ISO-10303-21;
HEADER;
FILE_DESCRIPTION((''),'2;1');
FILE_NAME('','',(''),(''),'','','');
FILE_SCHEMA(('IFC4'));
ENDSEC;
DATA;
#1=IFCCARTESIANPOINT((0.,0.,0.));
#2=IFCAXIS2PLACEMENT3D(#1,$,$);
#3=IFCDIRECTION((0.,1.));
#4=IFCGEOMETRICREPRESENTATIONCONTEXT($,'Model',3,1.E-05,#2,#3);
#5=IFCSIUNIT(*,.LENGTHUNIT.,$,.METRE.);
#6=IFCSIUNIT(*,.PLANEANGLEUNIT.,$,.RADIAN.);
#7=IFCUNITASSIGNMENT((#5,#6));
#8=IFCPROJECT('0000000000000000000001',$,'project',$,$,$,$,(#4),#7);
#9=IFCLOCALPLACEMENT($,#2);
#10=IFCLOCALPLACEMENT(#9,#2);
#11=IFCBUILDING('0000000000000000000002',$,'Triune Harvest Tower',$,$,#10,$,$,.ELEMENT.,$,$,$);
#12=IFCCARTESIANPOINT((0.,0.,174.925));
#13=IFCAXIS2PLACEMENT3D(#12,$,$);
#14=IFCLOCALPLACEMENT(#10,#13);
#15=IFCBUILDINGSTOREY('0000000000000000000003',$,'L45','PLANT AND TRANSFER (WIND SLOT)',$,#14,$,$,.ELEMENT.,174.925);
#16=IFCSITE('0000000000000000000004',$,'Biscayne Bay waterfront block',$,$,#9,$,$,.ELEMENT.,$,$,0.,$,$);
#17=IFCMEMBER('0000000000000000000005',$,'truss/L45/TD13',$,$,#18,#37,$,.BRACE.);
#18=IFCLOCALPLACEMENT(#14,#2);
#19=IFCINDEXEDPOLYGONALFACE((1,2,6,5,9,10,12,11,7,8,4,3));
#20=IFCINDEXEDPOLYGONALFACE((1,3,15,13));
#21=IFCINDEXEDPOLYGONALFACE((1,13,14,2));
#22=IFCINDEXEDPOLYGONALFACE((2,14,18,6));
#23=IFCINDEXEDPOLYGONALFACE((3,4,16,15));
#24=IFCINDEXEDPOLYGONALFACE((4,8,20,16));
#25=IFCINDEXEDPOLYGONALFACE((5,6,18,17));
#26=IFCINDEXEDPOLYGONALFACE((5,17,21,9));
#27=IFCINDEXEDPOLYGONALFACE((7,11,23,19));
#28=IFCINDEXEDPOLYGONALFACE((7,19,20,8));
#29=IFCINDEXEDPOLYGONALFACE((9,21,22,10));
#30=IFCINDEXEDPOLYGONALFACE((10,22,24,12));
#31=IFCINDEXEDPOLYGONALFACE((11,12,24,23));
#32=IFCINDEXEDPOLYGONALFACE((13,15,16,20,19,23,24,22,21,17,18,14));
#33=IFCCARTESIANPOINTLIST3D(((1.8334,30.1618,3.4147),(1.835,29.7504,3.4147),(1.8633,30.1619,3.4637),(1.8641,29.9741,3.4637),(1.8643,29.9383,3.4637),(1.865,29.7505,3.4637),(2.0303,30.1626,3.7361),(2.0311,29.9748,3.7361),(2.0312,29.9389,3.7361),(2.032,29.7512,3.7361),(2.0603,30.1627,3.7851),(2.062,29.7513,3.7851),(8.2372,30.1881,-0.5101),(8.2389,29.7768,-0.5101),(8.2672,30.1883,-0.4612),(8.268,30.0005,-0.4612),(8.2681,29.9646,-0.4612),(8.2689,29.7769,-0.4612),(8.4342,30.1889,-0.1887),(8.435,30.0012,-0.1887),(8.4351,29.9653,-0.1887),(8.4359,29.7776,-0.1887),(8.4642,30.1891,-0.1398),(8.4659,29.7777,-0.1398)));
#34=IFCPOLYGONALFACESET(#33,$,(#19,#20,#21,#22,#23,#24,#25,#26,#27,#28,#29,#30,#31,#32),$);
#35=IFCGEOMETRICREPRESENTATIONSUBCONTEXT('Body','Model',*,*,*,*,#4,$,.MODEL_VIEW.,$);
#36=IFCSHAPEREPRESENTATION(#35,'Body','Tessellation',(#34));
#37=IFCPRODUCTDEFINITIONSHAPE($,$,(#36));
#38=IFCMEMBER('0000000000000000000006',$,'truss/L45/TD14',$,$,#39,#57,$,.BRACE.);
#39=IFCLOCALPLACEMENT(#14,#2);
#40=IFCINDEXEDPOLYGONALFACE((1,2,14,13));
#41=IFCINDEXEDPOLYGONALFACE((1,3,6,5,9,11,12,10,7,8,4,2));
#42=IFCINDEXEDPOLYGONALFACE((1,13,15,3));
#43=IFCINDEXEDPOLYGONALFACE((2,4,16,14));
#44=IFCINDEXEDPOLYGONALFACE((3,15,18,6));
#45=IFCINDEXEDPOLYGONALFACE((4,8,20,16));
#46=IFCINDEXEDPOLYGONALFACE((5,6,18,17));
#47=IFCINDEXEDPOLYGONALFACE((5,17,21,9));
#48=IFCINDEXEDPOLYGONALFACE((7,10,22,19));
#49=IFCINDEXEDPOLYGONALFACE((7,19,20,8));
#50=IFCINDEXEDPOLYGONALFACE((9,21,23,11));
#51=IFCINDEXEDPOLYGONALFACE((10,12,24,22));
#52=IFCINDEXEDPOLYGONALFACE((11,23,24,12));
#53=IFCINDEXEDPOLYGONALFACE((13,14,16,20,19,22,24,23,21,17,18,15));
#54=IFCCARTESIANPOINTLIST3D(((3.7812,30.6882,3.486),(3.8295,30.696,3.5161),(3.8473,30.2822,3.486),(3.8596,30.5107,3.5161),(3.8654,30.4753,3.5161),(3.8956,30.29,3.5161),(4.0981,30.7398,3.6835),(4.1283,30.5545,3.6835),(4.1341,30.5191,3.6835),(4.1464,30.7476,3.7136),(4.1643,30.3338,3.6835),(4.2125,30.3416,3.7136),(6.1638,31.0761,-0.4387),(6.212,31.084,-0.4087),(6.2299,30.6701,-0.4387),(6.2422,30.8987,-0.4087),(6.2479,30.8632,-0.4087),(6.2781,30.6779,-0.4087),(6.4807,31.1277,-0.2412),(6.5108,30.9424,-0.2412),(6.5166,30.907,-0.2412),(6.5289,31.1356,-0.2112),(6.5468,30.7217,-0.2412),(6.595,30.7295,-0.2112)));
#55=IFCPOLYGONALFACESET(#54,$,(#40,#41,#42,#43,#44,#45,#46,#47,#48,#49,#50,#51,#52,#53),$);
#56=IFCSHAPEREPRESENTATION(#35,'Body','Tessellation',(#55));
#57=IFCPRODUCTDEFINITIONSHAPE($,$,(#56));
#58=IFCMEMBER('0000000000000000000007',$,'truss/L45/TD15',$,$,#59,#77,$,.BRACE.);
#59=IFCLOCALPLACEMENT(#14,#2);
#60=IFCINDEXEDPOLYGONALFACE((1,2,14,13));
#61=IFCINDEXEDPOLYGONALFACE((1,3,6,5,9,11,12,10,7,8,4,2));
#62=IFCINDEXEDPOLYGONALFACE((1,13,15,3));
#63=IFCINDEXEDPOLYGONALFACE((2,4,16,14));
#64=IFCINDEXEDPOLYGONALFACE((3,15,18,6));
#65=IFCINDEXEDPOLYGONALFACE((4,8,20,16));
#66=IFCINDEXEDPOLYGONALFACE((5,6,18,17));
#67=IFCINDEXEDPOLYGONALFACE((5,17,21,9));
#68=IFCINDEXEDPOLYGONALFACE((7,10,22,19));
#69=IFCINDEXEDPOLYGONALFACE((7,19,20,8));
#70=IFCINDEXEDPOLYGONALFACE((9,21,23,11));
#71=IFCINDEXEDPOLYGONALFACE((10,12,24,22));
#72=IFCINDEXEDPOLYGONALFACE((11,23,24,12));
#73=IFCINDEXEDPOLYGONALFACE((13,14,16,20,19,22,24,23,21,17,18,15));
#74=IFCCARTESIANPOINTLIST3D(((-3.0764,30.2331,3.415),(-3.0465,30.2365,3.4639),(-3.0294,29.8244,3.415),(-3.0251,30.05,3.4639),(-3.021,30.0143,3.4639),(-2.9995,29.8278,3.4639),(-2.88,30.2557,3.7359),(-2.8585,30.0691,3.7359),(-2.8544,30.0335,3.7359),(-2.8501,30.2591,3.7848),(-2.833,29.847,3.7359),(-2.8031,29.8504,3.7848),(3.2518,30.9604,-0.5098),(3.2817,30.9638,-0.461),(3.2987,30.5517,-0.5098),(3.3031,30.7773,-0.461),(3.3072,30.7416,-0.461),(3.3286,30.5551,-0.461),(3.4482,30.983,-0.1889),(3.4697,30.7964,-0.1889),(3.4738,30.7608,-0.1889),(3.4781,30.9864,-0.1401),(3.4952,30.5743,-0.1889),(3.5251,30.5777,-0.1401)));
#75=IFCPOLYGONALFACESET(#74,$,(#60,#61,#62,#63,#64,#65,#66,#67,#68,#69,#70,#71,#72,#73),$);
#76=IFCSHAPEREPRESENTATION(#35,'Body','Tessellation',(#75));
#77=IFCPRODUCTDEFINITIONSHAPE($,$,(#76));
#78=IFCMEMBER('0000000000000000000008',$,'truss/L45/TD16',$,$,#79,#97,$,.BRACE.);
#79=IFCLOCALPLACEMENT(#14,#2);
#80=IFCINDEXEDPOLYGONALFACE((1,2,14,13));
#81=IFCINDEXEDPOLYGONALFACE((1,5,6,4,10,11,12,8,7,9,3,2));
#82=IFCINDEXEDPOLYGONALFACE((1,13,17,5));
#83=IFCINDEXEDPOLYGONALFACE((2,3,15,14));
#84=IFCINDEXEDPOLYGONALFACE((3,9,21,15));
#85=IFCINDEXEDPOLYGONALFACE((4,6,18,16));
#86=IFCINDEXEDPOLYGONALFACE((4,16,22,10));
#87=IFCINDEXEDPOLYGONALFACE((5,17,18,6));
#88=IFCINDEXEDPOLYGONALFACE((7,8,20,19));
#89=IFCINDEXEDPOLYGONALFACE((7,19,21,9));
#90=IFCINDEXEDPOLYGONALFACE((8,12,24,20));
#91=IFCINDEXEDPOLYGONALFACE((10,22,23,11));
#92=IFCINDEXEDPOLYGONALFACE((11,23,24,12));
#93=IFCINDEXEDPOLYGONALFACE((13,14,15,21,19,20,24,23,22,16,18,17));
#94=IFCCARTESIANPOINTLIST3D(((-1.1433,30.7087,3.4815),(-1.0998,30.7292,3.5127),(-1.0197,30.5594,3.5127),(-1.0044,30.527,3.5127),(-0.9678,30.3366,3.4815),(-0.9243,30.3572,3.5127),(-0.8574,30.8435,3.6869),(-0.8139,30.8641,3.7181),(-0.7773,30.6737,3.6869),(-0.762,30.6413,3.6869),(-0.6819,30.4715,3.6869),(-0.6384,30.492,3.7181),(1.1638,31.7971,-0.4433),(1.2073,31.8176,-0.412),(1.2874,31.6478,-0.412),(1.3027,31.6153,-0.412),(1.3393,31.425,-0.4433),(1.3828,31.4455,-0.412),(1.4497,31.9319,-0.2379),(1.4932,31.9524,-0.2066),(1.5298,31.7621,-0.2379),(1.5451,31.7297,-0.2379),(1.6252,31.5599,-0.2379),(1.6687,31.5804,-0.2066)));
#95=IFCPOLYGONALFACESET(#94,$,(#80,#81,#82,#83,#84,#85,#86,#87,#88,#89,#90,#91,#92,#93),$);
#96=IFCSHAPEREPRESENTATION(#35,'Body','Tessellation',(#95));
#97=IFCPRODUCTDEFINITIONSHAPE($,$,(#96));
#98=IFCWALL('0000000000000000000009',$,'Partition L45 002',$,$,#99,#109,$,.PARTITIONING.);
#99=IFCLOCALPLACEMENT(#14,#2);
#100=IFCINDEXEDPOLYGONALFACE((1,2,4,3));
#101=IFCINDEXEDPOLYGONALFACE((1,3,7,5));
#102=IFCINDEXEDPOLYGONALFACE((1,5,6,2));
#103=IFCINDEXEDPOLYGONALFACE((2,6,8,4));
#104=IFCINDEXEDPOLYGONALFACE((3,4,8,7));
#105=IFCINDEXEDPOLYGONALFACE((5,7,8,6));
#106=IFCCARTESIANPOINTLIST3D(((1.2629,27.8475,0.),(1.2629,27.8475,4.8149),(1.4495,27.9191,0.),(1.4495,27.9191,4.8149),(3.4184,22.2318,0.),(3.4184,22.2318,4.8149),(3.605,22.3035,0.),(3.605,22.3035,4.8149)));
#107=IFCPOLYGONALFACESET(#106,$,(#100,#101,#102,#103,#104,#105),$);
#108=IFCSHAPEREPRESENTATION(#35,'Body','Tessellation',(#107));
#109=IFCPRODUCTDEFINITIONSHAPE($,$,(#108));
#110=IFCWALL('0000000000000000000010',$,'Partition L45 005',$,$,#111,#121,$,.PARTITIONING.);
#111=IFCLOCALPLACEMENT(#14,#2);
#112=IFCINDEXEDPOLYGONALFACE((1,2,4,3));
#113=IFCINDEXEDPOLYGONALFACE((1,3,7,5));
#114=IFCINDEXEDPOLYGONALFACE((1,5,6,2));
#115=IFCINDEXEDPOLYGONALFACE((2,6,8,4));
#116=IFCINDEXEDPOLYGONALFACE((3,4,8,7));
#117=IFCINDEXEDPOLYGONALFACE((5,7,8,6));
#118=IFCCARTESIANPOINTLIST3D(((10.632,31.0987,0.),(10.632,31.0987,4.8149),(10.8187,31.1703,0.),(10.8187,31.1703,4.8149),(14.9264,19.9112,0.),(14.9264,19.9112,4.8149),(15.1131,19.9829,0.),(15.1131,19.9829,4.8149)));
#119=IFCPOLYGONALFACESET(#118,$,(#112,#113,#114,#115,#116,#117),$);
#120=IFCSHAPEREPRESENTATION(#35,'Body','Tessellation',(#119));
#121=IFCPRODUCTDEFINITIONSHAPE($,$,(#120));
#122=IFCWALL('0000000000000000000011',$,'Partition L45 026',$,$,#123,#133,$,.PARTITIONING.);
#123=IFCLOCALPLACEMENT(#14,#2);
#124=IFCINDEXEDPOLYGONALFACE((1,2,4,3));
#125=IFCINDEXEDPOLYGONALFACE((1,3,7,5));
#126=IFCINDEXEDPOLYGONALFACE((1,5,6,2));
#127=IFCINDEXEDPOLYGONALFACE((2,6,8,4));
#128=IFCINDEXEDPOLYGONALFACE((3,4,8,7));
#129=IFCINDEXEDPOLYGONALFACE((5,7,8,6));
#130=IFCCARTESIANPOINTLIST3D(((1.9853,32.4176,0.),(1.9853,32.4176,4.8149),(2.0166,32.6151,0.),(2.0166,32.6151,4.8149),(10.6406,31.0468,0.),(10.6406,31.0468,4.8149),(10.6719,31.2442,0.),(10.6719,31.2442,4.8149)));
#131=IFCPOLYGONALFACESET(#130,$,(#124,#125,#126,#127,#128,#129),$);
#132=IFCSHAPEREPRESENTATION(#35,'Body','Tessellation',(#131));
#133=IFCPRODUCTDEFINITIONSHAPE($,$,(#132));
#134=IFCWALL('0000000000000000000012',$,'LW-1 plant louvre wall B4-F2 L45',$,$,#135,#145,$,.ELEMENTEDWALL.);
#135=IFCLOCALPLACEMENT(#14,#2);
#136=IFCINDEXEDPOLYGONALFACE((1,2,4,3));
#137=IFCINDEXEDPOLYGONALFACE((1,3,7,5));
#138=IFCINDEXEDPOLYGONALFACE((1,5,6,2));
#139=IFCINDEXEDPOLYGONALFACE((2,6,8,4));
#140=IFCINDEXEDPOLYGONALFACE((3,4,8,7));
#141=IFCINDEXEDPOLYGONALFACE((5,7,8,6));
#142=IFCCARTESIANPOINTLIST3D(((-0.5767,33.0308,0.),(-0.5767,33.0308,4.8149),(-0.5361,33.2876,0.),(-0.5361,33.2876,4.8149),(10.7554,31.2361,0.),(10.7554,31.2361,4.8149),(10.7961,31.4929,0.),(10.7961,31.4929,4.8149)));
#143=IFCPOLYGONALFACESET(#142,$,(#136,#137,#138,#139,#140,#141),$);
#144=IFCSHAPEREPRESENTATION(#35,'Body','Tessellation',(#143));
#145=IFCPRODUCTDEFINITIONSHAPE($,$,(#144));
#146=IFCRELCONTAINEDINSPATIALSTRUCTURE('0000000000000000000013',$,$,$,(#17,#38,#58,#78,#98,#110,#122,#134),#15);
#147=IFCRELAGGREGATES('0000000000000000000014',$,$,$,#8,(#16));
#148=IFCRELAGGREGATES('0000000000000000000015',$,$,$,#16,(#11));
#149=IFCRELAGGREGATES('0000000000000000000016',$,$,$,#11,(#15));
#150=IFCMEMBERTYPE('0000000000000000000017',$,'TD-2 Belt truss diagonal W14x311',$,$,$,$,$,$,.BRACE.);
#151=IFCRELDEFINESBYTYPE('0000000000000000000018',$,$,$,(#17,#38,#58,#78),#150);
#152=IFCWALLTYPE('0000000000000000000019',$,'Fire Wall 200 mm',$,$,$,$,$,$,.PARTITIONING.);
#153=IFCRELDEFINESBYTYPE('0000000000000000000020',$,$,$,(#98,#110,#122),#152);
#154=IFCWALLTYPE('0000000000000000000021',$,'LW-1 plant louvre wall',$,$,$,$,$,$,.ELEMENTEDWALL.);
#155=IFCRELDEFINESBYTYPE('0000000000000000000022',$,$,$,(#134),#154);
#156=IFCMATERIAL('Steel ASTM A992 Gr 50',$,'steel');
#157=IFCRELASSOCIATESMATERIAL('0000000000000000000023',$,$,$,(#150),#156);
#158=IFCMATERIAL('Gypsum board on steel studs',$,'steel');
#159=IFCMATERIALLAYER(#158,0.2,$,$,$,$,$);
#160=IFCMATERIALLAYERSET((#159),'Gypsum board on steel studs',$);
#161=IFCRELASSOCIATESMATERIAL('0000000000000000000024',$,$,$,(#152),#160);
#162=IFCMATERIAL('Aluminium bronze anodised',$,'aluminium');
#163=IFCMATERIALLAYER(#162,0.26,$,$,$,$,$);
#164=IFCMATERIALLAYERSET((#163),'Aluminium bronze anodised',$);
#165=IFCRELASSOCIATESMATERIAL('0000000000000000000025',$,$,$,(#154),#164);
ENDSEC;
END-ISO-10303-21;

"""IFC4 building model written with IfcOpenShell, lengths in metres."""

from ifc_helpers import new_model, si_unit, direction, frame, frame_2d, origin, origin_2d, place, context, subcontext, project, spatial, rectangle, i_section, extrude, source, transform, mapped, material, layer, layer_set, material_profile, profile_set, type_object, element, save


model = new_model("IFC4")

# Units and contexts
model_context = context("Model", 3, precision=1e-05, world=origin(), true_north=direction((0.0, 1.0)))
body_context = subcontext(model_context, "Body", "Model", "MODEL_VIEW")
ifc_project = project(units=[si_unit("LENGTHUNIT", "METRE"), si_unit("PLANEANGLEUNIT", "RADIAN")], contexts=[model_context])

# Site, building, storey
site_placement = place(None, origin())
site = spatial("IfcSite", under=ifc_project, at=site_placement, Name="Biscayne Bay waterfront block", CompositionType="ELEMENT", RefElevation=0.0)
building_placement = place(site_placement, origin())
building = spatial("IfcBuilding", under=site, at=building_placement, Name="Triune Harvest Tower", CompositionType="ELEMENT")
storey_placement = place(building_placement, frame((0.0, 0.0, 174.925)))
storey = spatial("IfcBuildingStorey", under=building, at=storey_placement, Name="L45", Description="PLANT AND TRANSFER (WIND SLOT)", CompositionType="ELEMENT", Elevation=174.925)

# Shared definitions
ifc_material_1 = material(Name="Steel ASTM A992 Gr 50", Category="steel")
ifc_material_profile_1 = material_profile(ifc_material_1, i_section(OverallWidth=0.4114, OverallDepth=0.4343, WebThickness=0.0359, FlangeThickness=0.0574, at=origin_2d()), Name="W14x311")
ifc_profile_set_1 = profile_set([ifc_material_profile_1], Name="Steel ASTM A992 Gr 50")
member_type_1 = type_object("IfcMemberType", Name="TD-2 Belt truss diagonal W14x311", PredefinedType="BRACE", material=ifc_profile_set_1)

# Members
shared_shape_1 = source(origin(), body_context, "Body", "SweptSolid", [
    extrude(i_section(OverallWidth=0.4114, OverallDepth=0.4343, WebThickness=0.0359, FlangeThickness=0.0574, at=origin_2d()), origin(), (0.0, 0.0, 1.0), 7.511),
])
member_1_placement = place(storey_placement, frame((8.3516, 29.9829, -0.325), z_axis=(-0.852603, -0.003511, 0.522548), x_axis=(0.004117, -0.999992, 0.0)))
element("IfcMember", 1, at=member_1_placement, inside=storey, type_object=member_type_1, Name="truss/L45/TD13", PredefinedType="BRACE", context=body_context, shape_type="MappedRepresentation", body=[
    mapped(shared_shape_1, transform((0.0, 0.0, 0.0), scale=1.0)),
])
shared_shape_2 = source(origin(), body_context, "Body", "SweptSolid", [
    extrude(i_section(OverallWidth=0.4114, OverallDepth=0.4343, WebThickness=0.0359, FlangeThickness=0.0574, at=origin_2d()), origin(), (0.0, 0.0, 1.0), 4.6077),
])
member_2_placement = place(storey_placement, frame((6.3794, 30.9028, -0.325), z_axis=(-0.51708, -0.084193, 0.851786), x_axis=(0.160708, -0.987002, 0.0)))
element("IfcMember", 2, at=member_2_placement, inside=storey, type_object=member_type_1, Name="truss/L45/TD14", PredefinedType="BRACE", context=body_context, shape_type="MappedRepresentation", body=[
    mapped(shared_shape_2, transform((0.0, 0.0, 0.0), scale=1.0)),
])
shared_shape_3 = source(origin(), body_context, "Body", "SweptSolid", [
    extrude(i_section(OverallWidth=0.4114, OverallDepth=0.4343, WebThickness=0.0359, FlangeThickness=0.0574, at=origin_2d()), origin(), (0.0, 0.0, 1.0), 7.4819),
])
member_3_placement = place(storey_placement, frame((3.3884, 30.769, -0.325), z_axis=(-0.845796, -0.097208, 0.524576), x_axis=(0.114179, -0.99346, 0.0)))
element("IfcMember", 3, at=member_3_placement, inside=storey, type_object=member_type_1, Name="truss/L45/TD15", PredefinedType="BRACE", context=body_context, shape_type="MappedRepresentation", body=[
    mapped(shared_shape_3, transform((0.0, 0.0, 0.0), scale=1.0)),
])
shared_shape_4 = source(origin(), body_context, "Body", "SweptSolid", [
    extrude(i_section(OverallWidth=0.4114, OverallDepth=0.4343, WebThickness=0.0359, FlangeThickness=0.0574, at=origin_2d()), origin(), (0.0, 0.0, 1.0), 4.6809),
])
member_4_placement = place(storey_placement, frame((1.4163, 31.6887, -0.325), z_axis=(-0.492874, -0.232511, 0.838459), x_axis=(0.426654, -0.904415, 0.0)))
element("IfcMember", 4, at=member_4_placement, inside=storey, type_object=member_type_1, Name="truss/L45/TD16", PredefinedType="BRACE", context=body_context, shape_type="MappedRepresentation", body=[
    mapped(shared_shape_4, transform((0.0, 0.0, 0.0), scale=1.0)),
])

# Walls
ifc_material_2 = material(Name="Gypsum board on steel studs", Category="steel")
ifc_layer_1 = layer(ifc_material_2, 0.2)
ifc_layer_set_1 = layer_set([ifc_layer_1], Name="Gypsum board on steel studs")
wall_type_1 = type_object("IfcWallType", Name="Fire Wall 200 mm", PredefinedType="PARTITIONING", material=ifc_layer_set_1)
wall_1_placement = place(storey_placement, frame((1.3562, 27.8833, 0.0), z_axis=(0.0, 0.0, 1.0), x_axis=(0.358345, -0.933589, 0.0)))
element("IfcWall", 5, at=wall_1_placement, inside=storey, type_object=wall_type_1, Name="Partition L45 002", PredefinedType="PARTITIONING", context=body_context, shape_type="SweptSolid", body=[
    extrude(rectangle(XDim=6.0151, YDim=0.2, at=frame_2d((3.0076, 0.0))), origin(), (0.0, 0.0, 1.0), 4.8149),
])
wall_2_placement = place(storey_placement, frame((10.7253, 31.1345, 0.0), z_axis=(0.0, 0.0, 1.0), x_axis=(0.358365, -0.933582, 0.0)))
element("IfcWall", 6, at=wall_2_placement, inside=storey, type_object=wall_type_1, Name="Partition L45 005", PredefinedType="PARTITIONING", context=body_context, shape_type="SweptSolid", body=[
    extrude(rectangle(XDim=11.9834, YDim=0.2, at=frame_2d((5.9917, 0.0))), origin(), (0.0, 0.0, 1.0), 4.8149),
])
wall_3_placement = place(storey_placement, frame((2.001, 32.5164, 0.0), z_axis=(0.0, 0.0, 1.0), x_axis=(0.987689, -0.156433, 0.0)))
element("IfcWall", 7, at=wall_3_placement, inside=storey, type_object=wall_type_1, Name="Partition L45 026", PredefinedType="PARTITIONING", context=body_context, shape_type="SweptSolid", body=[
    extrude(rectangle(XDim=8.7632, YDim=0.2, at=frame_2d((4.3816, 0.0))), origin(), (0.0, 0.0, 1.0), 4.8149),
])
ifc_material_3 = material(Name="Aluminium bronze anodised", Category="aluminium")
ifc_layer_2 = layer(ifc_material_3, 0.26)
ifc_layer_set_2 = layer_set([ifc_layer_2], Name="Aluminium bronze anodised")
wall_type_2 = type_object("IfcWallType", Name="LW-1 plant louvre wall", PredefinedType="ELEMENTEDWALL", material=ifc_layer_set_2)
wall_4_placement = place(storey_placement, frame((10.7759, 31.3645, 0.0), z_axis=(0.0, 0.0, 1.0), x_axis=(-0.987691, 0.156419, 0.0)))
element("IfcWall", 8, at=wall_4_placement, inside=storey, type_object=wall_type_2, Name="LW-1 plant louvre wall B4-F2 L45", PredefinedType="ELEMENTEDWALL", context=body_context, shape_type="SweptSolid", body=[
    extrude(rectangle(XDim=11.4734, YDim=0.26, at=frame_2d((5.7368, 0.0))), origin(), (0.0, 0.0, 1.0), 4.8149),
])

save(model, "model.ifc")
